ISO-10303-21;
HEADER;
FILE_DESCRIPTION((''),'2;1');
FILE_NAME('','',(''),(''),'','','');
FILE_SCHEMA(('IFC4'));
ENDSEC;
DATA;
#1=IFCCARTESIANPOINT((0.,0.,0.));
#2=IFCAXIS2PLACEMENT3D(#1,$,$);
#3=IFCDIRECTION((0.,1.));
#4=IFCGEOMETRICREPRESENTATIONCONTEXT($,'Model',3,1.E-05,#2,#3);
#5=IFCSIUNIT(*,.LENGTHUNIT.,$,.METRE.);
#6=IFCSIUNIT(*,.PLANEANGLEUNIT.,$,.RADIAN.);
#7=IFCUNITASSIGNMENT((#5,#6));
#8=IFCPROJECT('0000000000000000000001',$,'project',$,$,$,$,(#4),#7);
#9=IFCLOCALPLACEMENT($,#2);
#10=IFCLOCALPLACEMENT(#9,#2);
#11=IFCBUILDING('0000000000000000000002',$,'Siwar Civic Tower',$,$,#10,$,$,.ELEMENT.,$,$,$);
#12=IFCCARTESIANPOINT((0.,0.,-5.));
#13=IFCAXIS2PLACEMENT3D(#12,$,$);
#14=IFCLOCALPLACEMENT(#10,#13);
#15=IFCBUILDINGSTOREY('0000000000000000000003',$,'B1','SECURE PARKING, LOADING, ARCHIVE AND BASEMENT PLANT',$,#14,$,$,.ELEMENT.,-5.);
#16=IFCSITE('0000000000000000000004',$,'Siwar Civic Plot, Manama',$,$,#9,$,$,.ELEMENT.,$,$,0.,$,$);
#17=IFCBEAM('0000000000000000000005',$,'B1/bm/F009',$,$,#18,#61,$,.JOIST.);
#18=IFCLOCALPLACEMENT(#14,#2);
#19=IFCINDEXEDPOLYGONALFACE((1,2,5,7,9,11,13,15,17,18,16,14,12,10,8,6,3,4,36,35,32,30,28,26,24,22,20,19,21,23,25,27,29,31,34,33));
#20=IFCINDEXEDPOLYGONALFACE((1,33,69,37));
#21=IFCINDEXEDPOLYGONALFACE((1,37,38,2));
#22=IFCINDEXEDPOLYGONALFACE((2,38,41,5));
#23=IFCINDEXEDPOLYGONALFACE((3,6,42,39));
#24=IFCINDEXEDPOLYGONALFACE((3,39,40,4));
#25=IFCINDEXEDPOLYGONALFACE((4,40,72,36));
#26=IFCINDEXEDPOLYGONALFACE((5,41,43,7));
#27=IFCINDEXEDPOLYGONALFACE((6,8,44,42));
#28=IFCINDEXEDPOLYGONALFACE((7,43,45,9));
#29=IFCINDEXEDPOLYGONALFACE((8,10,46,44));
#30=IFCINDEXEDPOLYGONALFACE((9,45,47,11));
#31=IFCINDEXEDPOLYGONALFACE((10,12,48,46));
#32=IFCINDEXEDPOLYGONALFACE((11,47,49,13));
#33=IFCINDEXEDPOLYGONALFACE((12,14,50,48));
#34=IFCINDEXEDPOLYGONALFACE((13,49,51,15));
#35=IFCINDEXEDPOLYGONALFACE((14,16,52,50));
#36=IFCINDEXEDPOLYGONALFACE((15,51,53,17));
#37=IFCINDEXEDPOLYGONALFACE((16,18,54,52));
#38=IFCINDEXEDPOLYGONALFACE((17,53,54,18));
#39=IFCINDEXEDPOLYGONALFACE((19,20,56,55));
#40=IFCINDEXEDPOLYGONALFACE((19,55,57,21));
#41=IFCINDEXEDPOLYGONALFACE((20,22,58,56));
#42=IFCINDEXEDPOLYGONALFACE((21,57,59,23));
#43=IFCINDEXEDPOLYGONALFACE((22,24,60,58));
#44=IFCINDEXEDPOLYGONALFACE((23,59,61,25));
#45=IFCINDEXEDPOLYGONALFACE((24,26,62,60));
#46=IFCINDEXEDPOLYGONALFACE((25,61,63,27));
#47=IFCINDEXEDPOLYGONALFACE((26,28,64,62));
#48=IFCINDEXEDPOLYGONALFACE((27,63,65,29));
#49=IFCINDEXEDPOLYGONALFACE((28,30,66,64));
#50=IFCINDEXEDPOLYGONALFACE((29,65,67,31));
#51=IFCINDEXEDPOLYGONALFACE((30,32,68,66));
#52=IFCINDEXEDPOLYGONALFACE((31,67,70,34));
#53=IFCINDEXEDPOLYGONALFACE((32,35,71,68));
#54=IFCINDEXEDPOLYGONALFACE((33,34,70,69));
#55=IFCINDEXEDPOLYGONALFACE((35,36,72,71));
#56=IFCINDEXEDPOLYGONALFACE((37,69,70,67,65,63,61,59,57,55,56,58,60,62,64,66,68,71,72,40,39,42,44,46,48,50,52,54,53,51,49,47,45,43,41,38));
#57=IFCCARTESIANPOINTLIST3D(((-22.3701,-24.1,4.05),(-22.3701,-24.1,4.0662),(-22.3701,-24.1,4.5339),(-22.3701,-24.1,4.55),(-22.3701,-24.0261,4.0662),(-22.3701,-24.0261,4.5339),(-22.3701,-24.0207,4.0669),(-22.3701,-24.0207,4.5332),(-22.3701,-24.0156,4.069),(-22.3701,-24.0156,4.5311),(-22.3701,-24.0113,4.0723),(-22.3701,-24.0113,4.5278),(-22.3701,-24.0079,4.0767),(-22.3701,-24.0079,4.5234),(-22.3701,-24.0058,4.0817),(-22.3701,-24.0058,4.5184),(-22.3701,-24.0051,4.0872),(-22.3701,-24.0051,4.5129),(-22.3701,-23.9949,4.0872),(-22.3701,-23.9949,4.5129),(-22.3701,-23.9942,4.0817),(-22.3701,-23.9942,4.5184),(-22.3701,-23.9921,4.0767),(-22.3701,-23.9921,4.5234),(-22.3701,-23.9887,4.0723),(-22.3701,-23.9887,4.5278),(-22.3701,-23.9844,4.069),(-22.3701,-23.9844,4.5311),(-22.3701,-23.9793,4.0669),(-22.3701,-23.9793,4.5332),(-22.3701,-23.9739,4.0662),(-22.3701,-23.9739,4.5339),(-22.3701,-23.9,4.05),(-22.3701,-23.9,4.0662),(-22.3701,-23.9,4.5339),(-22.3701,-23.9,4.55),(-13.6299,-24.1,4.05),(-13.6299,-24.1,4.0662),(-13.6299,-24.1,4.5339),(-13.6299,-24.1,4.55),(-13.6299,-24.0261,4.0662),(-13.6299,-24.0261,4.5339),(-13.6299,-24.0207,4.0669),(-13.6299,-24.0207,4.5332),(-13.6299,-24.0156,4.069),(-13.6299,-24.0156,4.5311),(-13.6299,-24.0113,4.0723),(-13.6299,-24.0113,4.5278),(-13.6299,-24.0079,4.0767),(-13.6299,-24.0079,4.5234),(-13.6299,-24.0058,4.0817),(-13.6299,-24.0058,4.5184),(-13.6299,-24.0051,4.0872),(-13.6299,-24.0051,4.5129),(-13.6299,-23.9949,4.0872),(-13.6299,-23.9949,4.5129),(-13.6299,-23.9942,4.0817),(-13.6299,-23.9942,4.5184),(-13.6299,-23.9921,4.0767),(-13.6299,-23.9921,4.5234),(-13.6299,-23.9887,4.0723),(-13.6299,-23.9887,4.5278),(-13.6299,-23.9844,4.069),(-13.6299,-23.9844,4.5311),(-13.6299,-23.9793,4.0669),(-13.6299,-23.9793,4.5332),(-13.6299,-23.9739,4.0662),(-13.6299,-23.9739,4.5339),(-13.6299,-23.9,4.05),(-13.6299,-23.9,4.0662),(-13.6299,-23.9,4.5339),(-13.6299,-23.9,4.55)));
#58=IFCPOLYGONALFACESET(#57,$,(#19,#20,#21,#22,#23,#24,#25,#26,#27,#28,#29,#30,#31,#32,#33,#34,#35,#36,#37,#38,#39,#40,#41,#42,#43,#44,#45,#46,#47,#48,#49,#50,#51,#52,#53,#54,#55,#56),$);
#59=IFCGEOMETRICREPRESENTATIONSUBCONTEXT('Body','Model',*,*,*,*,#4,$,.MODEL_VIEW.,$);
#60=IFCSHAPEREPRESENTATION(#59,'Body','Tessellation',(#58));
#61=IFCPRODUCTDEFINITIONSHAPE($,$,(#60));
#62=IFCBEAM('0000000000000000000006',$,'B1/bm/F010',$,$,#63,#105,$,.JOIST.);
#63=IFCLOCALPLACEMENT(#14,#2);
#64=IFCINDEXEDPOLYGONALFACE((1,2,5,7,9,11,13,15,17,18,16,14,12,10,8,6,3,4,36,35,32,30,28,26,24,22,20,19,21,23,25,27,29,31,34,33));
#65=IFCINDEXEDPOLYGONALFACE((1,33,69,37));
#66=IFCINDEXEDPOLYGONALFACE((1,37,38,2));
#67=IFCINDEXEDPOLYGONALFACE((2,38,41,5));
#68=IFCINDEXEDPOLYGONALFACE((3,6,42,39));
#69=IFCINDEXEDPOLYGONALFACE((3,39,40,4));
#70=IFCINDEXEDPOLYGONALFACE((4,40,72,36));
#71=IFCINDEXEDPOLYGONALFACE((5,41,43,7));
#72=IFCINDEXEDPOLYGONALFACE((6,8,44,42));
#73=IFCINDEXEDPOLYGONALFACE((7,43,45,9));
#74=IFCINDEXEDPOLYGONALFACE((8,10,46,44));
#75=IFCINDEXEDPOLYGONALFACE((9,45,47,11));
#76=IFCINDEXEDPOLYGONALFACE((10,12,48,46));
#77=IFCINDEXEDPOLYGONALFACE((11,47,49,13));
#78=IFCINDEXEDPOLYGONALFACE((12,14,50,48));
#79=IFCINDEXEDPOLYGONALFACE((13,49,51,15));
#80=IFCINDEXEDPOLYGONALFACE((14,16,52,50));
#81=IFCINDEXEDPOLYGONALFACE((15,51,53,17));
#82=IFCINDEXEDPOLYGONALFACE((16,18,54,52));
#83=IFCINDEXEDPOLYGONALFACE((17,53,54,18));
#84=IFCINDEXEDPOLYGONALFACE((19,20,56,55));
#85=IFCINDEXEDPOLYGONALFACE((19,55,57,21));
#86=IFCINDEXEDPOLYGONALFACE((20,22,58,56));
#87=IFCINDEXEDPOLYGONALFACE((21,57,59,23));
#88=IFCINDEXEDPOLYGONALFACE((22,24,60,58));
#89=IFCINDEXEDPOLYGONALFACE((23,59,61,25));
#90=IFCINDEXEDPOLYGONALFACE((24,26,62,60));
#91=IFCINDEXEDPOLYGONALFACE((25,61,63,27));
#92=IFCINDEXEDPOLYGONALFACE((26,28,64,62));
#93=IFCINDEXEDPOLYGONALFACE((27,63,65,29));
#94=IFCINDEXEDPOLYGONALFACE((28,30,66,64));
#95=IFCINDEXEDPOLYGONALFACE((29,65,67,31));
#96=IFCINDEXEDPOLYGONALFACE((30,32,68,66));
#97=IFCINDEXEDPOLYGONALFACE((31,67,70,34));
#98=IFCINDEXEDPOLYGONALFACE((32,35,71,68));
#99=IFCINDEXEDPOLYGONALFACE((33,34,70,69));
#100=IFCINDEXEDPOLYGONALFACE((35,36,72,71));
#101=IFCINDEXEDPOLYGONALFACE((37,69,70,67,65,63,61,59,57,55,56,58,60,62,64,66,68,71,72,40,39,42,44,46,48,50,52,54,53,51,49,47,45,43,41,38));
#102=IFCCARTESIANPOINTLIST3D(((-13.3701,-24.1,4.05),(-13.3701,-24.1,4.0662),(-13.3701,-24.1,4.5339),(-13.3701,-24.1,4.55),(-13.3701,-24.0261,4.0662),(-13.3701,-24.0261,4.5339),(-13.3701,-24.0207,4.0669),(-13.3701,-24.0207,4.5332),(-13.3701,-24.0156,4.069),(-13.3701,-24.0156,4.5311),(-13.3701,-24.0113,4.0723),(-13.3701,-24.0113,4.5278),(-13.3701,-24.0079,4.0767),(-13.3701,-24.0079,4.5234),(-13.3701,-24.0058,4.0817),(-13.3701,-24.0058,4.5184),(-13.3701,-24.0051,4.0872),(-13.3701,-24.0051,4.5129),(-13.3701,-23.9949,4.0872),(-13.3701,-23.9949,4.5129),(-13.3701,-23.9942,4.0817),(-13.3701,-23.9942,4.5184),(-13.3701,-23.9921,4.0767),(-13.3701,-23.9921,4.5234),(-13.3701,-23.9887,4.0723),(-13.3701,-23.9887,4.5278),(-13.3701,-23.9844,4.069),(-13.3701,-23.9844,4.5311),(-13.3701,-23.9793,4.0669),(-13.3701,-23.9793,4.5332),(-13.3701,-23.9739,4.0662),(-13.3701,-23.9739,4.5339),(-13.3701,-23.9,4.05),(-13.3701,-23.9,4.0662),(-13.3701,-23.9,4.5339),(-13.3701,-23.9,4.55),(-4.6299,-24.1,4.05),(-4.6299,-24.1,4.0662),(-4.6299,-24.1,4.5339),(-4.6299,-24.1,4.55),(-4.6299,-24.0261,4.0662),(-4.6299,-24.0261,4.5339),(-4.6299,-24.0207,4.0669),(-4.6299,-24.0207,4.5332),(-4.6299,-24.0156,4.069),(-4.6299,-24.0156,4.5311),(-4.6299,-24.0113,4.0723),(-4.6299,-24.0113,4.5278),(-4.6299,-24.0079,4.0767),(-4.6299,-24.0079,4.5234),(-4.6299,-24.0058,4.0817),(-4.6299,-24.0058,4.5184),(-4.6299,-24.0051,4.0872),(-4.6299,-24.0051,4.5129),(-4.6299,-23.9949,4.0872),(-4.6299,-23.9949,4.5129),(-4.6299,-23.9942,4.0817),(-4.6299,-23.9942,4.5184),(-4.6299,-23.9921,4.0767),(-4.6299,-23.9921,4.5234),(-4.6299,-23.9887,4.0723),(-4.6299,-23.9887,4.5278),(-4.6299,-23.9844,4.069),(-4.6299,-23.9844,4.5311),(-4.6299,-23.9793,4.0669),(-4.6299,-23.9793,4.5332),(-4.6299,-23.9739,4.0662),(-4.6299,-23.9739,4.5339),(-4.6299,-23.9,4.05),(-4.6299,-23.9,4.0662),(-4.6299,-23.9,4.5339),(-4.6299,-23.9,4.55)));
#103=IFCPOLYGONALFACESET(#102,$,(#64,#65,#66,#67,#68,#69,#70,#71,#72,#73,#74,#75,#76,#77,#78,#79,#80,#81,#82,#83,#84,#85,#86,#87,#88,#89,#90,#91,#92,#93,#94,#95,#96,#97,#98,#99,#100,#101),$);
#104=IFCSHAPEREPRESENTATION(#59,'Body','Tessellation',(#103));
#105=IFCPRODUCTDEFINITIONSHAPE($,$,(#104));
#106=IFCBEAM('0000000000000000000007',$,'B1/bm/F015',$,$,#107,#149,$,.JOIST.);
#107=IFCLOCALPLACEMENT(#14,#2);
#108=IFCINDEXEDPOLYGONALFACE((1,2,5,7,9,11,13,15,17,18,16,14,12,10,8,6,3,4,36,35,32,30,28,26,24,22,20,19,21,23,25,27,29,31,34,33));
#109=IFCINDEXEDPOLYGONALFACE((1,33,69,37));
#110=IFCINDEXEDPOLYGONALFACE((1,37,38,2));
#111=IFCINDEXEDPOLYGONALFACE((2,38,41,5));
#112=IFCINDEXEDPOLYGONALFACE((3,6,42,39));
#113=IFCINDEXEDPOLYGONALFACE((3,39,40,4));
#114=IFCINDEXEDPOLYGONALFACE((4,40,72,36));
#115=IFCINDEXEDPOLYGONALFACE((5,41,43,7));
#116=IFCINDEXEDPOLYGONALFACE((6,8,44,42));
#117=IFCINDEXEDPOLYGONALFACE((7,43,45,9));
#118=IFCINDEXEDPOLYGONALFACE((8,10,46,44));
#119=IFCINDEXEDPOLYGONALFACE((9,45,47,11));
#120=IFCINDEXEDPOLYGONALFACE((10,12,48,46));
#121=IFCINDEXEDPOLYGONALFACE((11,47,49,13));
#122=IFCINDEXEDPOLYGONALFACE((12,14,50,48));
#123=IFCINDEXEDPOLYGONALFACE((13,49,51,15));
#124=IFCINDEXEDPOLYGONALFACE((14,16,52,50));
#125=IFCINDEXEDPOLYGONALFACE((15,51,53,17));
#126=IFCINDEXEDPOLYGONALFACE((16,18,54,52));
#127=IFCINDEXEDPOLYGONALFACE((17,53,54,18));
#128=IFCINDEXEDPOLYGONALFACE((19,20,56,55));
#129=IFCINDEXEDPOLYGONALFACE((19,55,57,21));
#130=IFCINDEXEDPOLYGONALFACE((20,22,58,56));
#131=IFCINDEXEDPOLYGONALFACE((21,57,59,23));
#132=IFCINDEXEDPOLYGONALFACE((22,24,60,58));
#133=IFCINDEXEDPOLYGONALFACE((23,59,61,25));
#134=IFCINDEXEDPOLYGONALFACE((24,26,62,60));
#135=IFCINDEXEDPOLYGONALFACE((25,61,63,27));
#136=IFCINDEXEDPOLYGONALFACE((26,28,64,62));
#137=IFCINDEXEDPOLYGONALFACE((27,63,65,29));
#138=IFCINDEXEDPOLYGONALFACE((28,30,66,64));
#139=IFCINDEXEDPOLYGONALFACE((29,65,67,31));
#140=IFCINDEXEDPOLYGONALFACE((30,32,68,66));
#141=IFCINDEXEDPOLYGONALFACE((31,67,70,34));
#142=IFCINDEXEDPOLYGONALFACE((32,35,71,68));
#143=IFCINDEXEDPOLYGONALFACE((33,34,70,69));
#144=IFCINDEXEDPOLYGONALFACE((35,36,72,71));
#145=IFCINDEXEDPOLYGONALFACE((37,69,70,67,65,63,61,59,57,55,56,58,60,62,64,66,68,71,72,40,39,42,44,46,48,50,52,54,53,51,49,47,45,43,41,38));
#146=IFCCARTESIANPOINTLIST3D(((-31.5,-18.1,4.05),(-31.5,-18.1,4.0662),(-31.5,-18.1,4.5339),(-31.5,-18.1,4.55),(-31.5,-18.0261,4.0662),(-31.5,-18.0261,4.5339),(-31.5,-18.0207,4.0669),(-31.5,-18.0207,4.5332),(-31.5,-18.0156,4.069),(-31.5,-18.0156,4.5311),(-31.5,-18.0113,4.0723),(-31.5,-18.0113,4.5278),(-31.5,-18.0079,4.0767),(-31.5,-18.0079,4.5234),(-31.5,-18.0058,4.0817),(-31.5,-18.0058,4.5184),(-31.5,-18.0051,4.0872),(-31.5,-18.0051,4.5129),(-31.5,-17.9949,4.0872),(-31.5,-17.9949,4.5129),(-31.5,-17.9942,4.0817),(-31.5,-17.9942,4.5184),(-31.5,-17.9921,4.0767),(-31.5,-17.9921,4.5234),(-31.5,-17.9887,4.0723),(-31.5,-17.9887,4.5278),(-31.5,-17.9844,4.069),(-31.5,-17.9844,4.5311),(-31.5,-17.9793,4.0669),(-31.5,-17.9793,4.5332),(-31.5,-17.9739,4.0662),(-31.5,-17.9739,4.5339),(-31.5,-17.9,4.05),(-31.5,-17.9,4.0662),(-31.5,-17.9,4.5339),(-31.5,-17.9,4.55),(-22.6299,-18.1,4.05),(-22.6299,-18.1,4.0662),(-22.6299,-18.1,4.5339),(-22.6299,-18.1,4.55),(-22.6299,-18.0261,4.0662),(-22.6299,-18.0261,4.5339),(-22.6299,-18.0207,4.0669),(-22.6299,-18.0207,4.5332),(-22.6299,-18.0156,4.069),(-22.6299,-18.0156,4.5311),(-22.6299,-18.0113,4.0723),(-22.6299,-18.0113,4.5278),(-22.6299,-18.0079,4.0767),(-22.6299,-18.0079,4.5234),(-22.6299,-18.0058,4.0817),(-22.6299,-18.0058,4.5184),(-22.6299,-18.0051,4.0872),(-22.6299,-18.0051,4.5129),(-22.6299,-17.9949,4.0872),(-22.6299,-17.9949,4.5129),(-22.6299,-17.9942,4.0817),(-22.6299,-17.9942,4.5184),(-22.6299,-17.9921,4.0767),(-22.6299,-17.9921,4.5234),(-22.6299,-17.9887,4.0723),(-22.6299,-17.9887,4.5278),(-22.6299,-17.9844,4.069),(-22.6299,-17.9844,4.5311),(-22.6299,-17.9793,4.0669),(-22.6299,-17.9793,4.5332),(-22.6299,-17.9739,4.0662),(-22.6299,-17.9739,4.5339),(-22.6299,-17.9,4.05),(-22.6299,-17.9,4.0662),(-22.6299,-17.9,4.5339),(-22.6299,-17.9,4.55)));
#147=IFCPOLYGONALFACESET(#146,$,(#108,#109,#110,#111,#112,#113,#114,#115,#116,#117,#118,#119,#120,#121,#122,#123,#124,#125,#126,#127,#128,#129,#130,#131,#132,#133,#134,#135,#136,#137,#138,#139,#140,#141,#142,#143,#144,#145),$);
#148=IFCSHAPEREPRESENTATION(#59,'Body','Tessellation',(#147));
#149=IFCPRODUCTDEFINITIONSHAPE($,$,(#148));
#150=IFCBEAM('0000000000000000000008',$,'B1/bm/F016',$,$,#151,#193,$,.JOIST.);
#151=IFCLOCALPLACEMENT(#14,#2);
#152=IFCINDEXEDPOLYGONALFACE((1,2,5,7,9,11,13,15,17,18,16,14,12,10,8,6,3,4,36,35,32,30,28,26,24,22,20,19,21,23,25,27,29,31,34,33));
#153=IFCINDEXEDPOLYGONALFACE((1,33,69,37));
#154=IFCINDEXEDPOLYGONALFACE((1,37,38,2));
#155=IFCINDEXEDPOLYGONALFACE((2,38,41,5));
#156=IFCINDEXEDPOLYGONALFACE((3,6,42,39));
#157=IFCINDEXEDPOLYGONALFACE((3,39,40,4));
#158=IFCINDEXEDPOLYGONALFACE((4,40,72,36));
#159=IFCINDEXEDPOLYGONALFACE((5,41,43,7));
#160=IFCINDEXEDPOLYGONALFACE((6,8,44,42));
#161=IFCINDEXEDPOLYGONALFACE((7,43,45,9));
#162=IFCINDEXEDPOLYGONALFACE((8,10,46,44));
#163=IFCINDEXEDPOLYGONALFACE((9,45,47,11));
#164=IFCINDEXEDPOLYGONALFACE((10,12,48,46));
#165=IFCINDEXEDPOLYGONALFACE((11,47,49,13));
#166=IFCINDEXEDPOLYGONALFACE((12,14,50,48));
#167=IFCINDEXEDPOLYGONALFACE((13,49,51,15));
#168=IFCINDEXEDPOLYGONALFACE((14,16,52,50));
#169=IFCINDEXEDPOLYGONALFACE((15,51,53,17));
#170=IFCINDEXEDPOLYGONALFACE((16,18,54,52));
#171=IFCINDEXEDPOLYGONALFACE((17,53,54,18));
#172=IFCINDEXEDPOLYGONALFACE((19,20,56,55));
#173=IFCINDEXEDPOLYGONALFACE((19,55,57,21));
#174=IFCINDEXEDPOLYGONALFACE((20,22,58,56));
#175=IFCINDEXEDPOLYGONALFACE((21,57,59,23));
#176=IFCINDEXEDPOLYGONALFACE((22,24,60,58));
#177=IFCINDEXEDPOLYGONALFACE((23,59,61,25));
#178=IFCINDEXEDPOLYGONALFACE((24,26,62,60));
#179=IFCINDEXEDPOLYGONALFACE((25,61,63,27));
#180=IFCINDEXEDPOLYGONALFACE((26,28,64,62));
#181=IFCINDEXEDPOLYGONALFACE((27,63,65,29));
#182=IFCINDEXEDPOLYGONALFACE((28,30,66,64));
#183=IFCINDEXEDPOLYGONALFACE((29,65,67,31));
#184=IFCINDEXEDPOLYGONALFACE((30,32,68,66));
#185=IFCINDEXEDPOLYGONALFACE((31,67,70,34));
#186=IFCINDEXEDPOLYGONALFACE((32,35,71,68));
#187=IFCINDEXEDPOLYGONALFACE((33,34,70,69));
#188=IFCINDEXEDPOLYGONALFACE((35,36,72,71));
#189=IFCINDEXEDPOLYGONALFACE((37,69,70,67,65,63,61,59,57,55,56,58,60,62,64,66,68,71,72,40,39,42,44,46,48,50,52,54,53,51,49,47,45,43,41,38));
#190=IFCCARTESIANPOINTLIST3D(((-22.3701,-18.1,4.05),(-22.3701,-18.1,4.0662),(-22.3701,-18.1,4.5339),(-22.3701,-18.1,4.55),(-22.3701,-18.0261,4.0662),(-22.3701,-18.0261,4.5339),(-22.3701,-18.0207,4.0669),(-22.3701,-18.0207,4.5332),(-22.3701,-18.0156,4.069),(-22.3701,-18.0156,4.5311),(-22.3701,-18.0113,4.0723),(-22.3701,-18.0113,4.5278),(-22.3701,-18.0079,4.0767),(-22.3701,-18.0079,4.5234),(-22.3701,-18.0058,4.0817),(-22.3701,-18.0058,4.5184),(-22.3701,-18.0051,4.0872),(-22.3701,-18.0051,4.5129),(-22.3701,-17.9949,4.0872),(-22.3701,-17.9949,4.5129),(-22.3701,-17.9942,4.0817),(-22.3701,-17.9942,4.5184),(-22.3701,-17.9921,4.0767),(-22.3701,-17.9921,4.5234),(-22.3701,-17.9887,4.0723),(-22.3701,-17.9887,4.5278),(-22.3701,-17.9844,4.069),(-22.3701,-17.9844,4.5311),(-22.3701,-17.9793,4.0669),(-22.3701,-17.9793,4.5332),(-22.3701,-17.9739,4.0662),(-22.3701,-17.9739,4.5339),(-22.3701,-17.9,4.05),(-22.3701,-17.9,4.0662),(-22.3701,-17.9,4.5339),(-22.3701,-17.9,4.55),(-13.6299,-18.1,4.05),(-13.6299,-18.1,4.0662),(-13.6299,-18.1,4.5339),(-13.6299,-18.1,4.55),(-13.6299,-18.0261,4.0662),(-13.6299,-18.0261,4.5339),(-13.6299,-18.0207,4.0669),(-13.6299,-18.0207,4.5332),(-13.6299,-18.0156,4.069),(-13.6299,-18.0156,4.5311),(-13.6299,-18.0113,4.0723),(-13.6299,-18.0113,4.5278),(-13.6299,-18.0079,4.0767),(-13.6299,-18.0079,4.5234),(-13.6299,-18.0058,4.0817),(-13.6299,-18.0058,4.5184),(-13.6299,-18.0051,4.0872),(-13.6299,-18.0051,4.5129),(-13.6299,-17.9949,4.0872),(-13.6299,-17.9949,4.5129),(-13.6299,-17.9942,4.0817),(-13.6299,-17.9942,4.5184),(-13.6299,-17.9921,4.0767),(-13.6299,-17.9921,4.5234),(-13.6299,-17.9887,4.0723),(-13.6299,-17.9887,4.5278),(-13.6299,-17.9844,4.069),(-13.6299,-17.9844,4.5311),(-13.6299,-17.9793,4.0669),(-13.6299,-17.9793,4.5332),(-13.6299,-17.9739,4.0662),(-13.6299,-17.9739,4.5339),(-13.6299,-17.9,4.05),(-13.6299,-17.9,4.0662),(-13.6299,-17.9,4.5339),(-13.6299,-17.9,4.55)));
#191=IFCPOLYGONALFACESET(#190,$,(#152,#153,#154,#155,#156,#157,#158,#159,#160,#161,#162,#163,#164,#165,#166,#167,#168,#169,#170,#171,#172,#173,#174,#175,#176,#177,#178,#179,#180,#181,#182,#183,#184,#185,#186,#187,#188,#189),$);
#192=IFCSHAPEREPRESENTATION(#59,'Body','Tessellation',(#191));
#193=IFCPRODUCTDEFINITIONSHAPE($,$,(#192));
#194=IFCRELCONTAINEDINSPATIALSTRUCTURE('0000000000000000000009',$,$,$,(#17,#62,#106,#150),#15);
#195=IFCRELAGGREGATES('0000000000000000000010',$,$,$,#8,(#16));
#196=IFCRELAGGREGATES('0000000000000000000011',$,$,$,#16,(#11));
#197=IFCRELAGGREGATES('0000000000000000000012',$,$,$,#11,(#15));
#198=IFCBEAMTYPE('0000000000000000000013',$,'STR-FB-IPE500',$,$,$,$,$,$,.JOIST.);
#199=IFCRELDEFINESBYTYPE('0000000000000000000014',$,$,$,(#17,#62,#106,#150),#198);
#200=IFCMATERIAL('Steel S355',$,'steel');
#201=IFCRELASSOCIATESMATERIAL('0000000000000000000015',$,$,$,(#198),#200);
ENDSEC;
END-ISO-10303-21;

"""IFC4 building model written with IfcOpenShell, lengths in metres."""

from ifc_helpers import new_model, si_unit, direction, frame, origin, origin_2d, place, context, subcontext, project, spatial, i_section, extrude, material, material_profile, profile_set, type_object, element, save


model = new_model("IFC4")

# Units and contexts
model_context = context("Model", 3, precision=1e-05, world=origin(), true_north=direction((0.0, 1.0)))
body_context = subcontext(model_context, "Body", "Model", "MODEL_VIEW")
ifc_project = project(units=[si_unit("LENGTHUNIT", "METRE"), si_unit("PLANEANGLEUNIT", "RADIAN")], contexts=[model_context])

# Site, building, storey
site_placement = place(None, origin())
site = spatial("IfcSite", under=ifc_project, at=site_placement, Name="Siwar Civic Plot, Manama", CompositionType="ELEMENT", RefElevation=0.0)
building_placement = place(site_placement, origin())
building = spatial("IfcBuilding", under=site, at=building_placement, Name="Siwar Civic Tower", CompositionType="ELEMENT")
storey_placement = place(building_placement, frame((0.0, 0.0, -5.0)))
storey = spatial("IfcBuildingStorey", under=building, at=storey_placement, Name="B1", Description="SECURE PARKING, LOADING, ARCHIVE AND BASEMENT PLANT", CompositionType="ELEMENT", Elevation=-5.0)

# Beams
ifc_material_1 = material(Name="Steel S355", Category="steel")
ifc_material_profile_1 = material_profile(ifc_material_1, i_section(OverallWidth=0.2, OverallDepth=0.5, WebThickness=0.0103, FlangeThickness=0.0161, FilletRadius=0.021, at=origin_2d()), Name="IPE500")
ifc_profile_set_1 = profile_set([ifc_material_profile_1], Name="Steel S355")
beam_type_1 = type_object("IfcBeamType", Name="STR-FB-IPE500", PredefinedType="JOIST", material=ifc_profile_set_1)
for number, where, z_axis, x_axis, name in (
    (1, (-22.3701, -24.0, 4.3), (1.0, 0.0, 0.0), (0.0, 1.0, 0.0), "B1/bm/F009"),
    (2, (-13.3701, -24.0, 4.3), (1.0, 0.0, 0.0), (0.0, 1.0, 0.0), "B1/bm/F010"),
):
    element("IfcBeam", number, at=place(storey_placement, frame(where, z_axis=z_axis, x_axis=x_axis)), inside=storey, type_object=beam_type_1, Name=name, PredefinedType="JOIST", context=body_context, shape_type="SweptSolid", body=[
        extrude(i_section(OverallWidth=0.2, OverallDepth=0.5, WebThickness=0.0103, FlangeThickness=0.0161, FilletRadius=0.021, at=origin_2d()), origin(), (0.0, 0.0, 1.0), 8.7402),
    ])
beam_1_placement = place(storey_placement, frame((-31.5, -18.0, 4.3), z_axis=(1.0, 0.0, 0.0), x_axis=(0.0, 1.0, 0.0)))
element("IfcBeam", 3, at=beam_1_placement, inside=storey, type_object=beam_type_1, Name="B1/bm/F015", PredefinedType="JOIST", context=body_context, shape_type="SweptSolid", body=[
    extrude(i_section(OverallWidth=0.2, OverallDepth=0.5, WebThickness=0.0103, FlangeThickness=0.0161, FilletRadius=0.021, at=origin_2d()), origin(), (0.0, 0.0, 1.0), 8.8701),
])
beam_2_placement = place(storey_placement, frame((-22.3701, -18.0, 4.3), z_axis=(1.0, 0.0, 0.0), x_axis=(0.0, 1.0, 0.0)))
element("IfcBeam", 4, at=beam_2_placement, inside=storey, type_object=beam_type_1, Name="B1/bm/F016", PredefinedType="JOIST", context=body_context, shape_type="SweptSolid", body=[
    extrude(i_section(OverallWidth=0.2, OverallDepth=0.5, WebThickness=0.0103, FlangeThickness=0.0161, FilletRadius=0.021, at=origin_2d()), origin(), (0.0, 0.0, 1.0), 8.7402),
])

save(model, "model.ifc")
